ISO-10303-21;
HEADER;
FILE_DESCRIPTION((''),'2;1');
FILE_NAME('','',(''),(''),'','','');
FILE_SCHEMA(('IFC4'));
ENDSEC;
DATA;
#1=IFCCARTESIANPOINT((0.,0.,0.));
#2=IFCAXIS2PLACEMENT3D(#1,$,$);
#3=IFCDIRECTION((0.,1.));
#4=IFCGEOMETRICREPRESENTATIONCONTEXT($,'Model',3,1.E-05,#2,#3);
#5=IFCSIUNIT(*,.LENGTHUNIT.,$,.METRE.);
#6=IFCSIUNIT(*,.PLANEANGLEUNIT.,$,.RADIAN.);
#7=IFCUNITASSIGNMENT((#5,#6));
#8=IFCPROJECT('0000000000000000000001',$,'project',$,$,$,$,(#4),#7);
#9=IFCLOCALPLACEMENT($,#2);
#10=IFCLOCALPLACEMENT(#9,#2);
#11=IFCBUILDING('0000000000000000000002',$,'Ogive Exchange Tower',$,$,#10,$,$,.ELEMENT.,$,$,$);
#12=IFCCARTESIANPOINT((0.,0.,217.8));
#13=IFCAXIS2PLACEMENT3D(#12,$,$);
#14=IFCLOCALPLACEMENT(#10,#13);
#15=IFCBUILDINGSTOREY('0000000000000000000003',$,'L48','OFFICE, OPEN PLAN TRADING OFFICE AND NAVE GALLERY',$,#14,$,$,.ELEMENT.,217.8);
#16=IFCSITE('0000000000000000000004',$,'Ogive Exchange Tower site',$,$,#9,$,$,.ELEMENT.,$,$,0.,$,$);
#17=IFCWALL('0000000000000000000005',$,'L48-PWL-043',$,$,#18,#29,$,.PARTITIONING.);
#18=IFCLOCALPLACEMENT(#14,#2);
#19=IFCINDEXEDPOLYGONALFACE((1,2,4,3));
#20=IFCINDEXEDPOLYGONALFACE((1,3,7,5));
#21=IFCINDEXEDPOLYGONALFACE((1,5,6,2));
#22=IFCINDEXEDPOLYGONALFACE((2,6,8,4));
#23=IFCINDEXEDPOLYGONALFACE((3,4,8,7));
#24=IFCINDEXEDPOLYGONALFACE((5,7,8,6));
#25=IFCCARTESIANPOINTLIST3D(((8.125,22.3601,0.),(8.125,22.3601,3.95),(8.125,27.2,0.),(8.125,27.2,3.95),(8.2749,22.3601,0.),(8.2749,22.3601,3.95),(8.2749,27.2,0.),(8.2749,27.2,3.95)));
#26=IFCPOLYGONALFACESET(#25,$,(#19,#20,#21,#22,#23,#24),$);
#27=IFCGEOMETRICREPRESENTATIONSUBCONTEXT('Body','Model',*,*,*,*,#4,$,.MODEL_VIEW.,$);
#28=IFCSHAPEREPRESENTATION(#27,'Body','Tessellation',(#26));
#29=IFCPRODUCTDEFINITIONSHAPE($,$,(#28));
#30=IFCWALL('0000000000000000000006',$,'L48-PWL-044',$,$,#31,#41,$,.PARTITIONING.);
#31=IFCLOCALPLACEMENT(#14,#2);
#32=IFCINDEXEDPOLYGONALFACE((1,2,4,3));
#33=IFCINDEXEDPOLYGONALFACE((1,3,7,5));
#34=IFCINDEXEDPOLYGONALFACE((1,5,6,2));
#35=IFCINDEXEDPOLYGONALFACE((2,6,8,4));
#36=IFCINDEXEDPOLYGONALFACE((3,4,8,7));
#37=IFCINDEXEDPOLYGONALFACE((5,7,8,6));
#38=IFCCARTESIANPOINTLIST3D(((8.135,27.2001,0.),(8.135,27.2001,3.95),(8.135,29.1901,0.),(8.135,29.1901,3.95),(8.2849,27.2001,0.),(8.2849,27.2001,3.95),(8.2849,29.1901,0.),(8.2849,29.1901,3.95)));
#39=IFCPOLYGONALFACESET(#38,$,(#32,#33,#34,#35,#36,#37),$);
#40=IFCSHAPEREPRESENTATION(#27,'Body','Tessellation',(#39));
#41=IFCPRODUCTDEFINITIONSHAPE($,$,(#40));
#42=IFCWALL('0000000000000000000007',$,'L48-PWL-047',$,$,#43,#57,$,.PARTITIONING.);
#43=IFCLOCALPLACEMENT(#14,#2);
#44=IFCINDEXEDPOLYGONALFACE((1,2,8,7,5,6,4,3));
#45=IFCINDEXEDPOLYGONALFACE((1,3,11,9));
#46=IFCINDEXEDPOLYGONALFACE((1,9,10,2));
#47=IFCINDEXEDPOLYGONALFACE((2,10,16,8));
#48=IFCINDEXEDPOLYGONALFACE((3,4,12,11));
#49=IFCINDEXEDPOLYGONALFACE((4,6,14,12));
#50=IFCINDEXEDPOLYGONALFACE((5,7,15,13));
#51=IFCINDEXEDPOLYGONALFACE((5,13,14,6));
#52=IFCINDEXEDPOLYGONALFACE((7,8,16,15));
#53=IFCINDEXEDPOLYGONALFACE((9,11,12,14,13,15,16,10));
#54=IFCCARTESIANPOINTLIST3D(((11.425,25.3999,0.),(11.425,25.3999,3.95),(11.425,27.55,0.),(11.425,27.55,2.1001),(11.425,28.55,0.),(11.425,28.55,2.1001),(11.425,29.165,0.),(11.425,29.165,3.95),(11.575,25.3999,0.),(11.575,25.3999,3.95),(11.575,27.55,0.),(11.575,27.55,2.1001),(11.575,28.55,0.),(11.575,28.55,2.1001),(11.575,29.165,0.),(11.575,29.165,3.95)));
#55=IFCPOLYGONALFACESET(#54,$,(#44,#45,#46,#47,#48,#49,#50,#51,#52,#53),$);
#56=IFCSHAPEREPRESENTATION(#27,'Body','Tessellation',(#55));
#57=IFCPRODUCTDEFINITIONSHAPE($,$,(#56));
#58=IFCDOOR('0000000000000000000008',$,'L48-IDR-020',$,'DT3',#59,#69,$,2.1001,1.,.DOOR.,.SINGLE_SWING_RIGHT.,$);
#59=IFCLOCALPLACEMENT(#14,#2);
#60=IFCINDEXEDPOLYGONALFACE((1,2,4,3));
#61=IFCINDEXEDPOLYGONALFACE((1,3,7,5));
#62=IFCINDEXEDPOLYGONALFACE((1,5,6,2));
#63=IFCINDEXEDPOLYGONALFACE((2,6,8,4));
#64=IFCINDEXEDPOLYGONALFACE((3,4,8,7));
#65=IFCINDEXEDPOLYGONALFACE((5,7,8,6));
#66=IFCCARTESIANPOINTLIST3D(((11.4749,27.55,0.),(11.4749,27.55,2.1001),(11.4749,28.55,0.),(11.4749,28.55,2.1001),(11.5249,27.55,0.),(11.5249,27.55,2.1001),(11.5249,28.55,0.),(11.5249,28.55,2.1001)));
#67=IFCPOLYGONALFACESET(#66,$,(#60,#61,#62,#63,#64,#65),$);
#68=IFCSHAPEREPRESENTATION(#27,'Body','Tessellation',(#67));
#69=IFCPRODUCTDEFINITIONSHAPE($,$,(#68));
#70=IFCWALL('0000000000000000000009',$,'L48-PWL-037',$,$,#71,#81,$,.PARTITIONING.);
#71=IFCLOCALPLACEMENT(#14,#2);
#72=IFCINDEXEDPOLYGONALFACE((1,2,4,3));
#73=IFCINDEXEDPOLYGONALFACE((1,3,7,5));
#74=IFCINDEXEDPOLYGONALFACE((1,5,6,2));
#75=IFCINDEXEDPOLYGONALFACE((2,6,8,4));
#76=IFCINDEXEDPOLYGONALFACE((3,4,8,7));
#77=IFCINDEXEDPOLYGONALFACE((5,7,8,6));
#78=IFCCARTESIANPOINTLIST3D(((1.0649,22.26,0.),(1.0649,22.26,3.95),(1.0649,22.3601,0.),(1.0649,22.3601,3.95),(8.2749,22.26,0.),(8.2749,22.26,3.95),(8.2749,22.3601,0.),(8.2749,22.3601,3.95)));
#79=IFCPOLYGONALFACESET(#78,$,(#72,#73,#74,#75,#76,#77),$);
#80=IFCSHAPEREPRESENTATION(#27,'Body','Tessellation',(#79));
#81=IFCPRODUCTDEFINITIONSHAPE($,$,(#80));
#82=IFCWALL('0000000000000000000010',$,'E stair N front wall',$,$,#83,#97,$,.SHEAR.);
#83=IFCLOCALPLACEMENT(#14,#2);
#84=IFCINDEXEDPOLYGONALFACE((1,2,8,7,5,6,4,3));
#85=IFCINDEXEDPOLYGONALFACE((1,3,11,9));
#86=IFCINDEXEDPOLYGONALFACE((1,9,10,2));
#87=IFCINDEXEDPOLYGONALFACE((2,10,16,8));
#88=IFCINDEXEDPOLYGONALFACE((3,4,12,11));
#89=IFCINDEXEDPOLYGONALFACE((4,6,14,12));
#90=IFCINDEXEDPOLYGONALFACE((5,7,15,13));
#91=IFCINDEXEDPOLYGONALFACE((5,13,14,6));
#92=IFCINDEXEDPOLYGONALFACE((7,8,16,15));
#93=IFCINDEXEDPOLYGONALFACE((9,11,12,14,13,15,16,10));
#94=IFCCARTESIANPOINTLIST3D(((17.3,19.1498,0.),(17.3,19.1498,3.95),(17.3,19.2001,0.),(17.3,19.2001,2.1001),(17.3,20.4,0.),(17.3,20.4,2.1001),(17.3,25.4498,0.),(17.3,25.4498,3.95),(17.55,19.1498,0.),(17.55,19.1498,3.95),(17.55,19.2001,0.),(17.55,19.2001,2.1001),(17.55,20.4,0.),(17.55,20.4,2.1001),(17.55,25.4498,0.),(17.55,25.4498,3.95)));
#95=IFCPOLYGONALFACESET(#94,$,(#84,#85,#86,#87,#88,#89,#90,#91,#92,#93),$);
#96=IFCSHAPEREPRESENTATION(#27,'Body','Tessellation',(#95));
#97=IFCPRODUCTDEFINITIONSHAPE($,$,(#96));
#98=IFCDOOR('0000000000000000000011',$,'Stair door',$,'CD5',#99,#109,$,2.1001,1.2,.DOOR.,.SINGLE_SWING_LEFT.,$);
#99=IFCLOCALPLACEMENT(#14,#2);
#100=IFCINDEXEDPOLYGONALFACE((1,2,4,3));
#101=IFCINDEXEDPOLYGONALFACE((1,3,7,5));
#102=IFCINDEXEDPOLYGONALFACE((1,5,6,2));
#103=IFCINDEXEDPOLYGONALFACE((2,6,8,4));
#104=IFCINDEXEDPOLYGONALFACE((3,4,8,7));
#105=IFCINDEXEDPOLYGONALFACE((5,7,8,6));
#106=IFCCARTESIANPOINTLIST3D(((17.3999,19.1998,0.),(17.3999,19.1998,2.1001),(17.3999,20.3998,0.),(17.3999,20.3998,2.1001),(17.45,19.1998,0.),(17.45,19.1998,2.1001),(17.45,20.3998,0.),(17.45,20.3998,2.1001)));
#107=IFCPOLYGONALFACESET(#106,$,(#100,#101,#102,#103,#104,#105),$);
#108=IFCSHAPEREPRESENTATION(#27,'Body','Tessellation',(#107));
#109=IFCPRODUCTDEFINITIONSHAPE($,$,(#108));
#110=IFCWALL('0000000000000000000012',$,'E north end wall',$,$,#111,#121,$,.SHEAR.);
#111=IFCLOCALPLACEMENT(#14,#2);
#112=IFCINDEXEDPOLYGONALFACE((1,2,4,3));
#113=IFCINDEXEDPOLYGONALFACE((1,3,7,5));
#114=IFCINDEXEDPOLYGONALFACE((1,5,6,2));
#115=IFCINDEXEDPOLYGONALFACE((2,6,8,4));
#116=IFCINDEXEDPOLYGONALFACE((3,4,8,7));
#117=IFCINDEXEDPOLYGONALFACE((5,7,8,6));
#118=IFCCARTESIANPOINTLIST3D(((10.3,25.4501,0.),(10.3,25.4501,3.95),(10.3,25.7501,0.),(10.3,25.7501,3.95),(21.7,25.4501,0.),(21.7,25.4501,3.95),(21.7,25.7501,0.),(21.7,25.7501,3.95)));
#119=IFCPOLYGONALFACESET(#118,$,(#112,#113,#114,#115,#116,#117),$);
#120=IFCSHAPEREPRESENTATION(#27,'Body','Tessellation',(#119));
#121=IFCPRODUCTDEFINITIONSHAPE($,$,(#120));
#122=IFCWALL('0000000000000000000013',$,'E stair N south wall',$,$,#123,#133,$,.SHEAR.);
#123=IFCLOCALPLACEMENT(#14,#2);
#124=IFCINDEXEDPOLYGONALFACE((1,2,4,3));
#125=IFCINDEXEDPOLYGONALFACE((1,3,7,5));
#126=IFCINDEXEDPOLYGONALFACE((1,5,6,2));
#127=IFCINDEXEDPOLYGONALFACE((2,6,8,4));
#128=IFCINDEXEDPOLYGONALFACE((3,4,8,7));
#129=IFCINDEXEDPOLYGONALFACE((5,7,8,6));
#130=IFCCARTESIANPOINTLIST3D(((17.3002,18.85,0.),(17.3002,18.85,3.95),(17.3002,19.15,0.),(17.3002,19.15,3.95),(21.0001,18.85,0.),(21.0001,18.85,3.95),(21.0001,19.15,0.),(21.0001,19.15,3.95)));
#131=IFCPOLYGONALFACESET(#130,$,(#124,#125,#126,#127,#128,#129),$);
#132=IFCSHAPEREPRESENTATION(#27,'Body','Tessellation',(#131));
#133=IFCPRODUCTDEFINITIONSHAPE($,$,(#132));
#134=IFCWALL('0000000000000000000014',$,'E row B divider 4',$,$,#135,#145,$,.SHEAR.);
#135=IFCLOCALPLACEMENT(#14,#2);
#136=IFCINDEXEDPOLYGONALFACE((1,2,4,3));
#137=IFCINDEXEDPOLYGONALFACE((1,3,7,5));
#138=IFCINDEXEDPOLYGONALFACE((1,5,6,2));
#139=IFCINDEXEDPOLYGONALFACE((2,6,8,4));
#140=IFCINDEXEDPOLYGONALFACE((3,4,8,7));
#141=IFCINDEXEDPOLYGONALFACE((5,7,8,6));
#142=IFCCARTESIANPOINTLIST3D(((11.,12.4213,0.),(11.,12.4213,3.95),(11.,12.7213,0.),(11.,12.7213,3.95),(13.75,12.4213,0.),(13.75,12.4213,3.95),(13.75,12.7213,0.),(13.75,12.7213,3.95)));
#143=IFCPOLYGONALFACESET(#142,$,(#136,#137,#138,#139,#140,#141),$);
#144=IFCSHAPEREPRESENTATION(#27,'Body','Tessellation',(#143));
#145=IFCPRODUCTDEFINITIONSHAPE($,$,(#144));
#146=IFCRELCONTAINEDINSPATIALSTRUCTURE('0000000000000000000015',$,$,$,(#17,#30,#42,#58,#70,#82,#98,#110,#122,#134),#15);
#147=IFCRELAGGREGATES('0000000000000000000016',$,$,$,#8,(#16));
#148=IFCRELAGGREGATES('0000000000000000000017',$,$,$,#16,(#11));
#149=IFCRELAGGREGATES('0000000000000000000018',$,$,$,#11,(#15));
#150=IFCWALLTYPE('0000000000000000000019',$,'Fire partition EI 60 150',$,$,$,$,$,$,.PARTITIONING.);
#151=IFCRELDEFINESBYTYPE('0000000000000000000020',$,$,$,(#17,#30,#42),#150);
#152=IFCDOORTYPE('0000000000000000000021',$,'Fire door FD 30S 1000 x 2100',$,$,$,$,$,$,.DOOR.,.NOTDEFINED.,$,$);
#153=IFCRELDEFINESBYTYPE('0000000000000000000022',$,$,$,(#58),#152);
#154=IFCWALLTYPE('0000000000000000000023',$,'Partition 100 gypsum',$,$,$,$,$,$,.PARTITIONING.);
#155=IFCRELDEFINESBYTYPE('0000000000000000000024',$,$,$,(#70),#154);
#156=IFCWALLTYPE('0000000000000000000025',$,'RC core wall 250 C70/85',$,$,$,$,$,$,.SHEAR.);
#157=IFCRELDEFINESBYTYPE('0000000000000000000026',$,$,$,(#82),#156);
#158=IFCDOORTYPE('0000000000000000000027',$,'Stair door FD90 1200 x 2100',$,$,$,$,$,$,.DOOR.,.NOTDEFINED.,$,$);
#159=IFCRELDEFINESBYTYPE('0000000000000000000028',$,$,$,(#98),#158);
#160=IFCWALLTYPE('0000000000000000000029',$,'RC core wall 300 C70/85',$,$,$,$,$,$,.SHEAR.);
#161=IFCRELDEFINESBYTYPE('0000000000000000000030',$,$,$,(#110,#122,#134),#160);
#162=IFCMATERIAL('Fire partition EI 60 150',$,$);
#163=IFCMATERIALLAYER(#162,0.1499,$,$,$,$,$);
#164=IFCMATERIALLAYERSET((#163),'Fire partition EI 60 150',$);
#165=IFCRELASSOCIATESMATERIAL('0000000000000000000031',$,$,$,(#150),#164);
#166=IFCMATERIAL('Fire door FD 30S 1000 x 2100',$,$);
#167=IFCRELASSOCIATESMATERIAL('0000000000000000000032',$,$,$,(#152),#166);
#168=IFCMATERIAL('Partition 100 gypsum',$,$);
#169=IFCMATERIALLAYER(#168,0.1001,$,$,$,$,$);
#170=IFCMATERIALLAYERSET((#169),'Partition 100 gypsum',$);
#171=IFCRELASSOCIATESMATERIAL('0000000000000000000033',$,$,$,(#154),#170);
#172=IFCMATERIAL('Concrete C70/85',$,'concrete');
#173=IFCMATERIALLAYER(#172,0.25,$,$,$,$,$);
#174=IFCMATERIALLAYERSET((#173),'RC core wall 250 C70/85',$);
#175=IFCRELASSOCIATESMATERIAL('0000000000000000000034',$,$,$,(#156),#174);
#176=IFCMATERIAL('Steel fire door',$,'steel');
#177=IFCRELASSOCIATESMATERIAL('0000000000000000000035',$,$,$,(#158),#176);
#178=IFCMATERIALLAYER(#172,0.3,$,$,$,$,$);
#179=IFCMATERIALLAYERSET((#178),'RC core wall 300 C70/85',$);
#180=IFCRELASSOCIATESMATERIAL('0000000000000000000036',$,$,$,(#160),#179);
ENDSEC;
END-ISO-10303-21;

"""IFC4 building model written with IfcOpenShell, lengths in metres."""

from ifc_helpers import new_model, si_unit, direction, frame, frame_2d, origin, place, context, subcontext, project, spatial, rectangle, extrude, material, layer, layer_set, type_object, element, fill, save


model = new_model("IFC4")

# Units and contexts
model_context = context("Model", 3, precision=1e-05, world=origin(), true_north=direction((0.0, 1.0)))
body_context = subcontext(model_context, "Body", "Model", "MODEL_VIEW")
ifc_project = project(units=[si_unit("LENGTHUNIT", "METRE"), si_unit("PLANEANGLEUNIT", "RADIAN")], contexts=[model_context])

# Site, building, storey
site_placement = place(None, origin())
site = spatial("IfcSite", under=ifc_project, at=site_placement, Name="Ogive Exchange Tower site", CompositionType="ELEMENT", RefElevation=0.0)
building_placement = place(site_placement, origin())
building = spatial("IfcBuilding", under=site, at=building_placement, Name="Ogive Exchange Tower", CompositionType="ELEMENT")
storey_placement = place(building_placement, frame((0.0, 0.0, 217.8)))
storey = spatial("IfcBuildingStorey", under=building, at=storey_placement, Name="L48", Description="OFFICE, OPEN PLAN TRADING OFFICE AND NAVE GALLERY", CompositionType="ELEMENT", Elevation=217.8)

# Shared definitions
ifc_material_1 = material(Name="Fire partition EI 60 150")
ifc_layer_1 = layer(ifc_material_1, 0.1499)
ifc_layer_set_1 = layer_set([ifc_layer_1], Name="Fire partition EI 60 150")
wall_type_1 = type_object("IfcWallType", Name="Fire partition EI 60 150", PredefinedType="PARTITIONING", material=ifc_layer_set_1)
ifc_material_2 = material(Name="Fire door FD 30S 1000 x 2100")
door_type_1 = type_object("IfcDoorType", Name="Fire door FD 30S 1000 x 2100", OperationType="NOTDEFINED", PredefinedType="DOOR", material=ifc_material_2)

# Walls
wall_1_placement = place(storey_placement, frame((8.2, 22.3601, 0.0), z_axis=(0.0, 0.0, 1.0), x_axis=(0.0, 1.0, 0.0)))
element("IfcWall", 1, at=wall_1_placement, inside=storey, type_object=wall_type_1, Name="L48-PWL-043", PredefinedType="PARTITIONING", context=body_context, shape_type="SweptSolid", body=[
    extrude(rectangle(XDim=4.8398, YDim=0.1499, at=frame_2d((2.4199, 0.0))), origin(), (0.0, 0.0, 1.0), 3.95),
])
wall_2_placement = place(storey_placement, frame((8.21, 27.2, 0.0), z_axis=(0.0, 0.0, 1.0), x_axis=(0.0, 1.0, 0.0)))
element("IfcWall", 2, at=wall_2_placement, inside=storey, type_object=wall_type_1, Name="L48-PWL-044", PredefinedType="PARTITIONING", context=body_context, shape_type="SweptSolid", body=[
    extrude(rectangle(XDim=1.99, YDim=0.1499, at=frame_2d((0.9951, 0.0))), origin(), (0.0, 0.0, 1.0), 3.95),
])

# Wall, opening, door
wall_3_placement = place(storey_placement, frame((11.5, 29.165, 0.0), z_axis=(0.0, 0.0, 1.0), x_axis=(0.0, -1.0, 0.0)))
wall_3 = element("IfcWall", 3, at=wall_3_placement, inside=storey, type_object=wall_type_1, Name="L48-PWL-047", PredefinedType="PARTITIONING", context=body_context, shape_type="SweptSolid", body=[
    extrude(rectangle(XDim=3.7651, YDim=0.1499, at=frame_2d((1.8826, 0.0))), origin(), (0.0, 0.0, 1.0), 3.95),
])
opening_1_placement = place(wall_3_placement, frame((0.615, 0.0, 0.0)))
opening_1 = element("IfcOpeningElement", 4, at=opening_1_placement, cuts=wall_3, PredefinedType="OPENING", context=body_context, shape_type="SweptSolid", body=[
    extrude(rectangle(XDim=1.0, YDim=2.1001, at=frame_2d((0.5, 1.05))), frame((0.0, 0.085, 0.0), z_axis=(0.0, -1.0, 0.0), x_axis=(1.0, 0.0, 0.0)), (0.0, 0.0, 1.0), 0.1699),
])
door_1_placement = place(opening_1_placement, origin())
door_1 = element("IfcDoor", 5, at=door_1_placement, inside=storey, type_object=door_type_1, Name="L48-IDR-020", ObjectType="DT3", OperationType="SINGLE_SWING_RIGHT", OverallHeight=2.1001, OverallWidth=1.0, PredefinedType="DOOR", context=body_context, shape_type="SweptSolid", body=[
    extrude(rectangle(XDim=1.0, YDim=2.1001, at=frame_2d((0.5, 1.05))), frame((0.0, 0.0249, 0.0), z_axis=(0.0, -1.0, 0.0), x_axis=(1.0, 0.0, 0.0)), (0.0, 0.0, 1.0), 0.05),
])
fill(opening_1, door_1)

# Wall
ifc_material_3 = material(Name="Partition 100 gypsum")
ifc_layer_2 = layer(ifc_material_3, 0.1001)
ifc_layer_set_2 = layer_set([ifc_layer_2], Name="Partition 100 gypsum")
wall_type_2 = type_object("IfcWallType", Name="Partition 100 gypsum", PredefinedType="PARTITIONING", material=ifc_layer_set_2)
wall_4_placement = place(storey_placement, frame((1.0649, 22.3101, 0.0), z_axis=(0.0, 0.0, 1.0), x_axis=(1.0, 0.0, 0.0)))
element("IfcWall", 6, at=wall_4_placement, inside=storey, type_object=wall_type_2, Name="L48-PWL-037", PredefinedType="PARTITIONING", context=body_context, shape_type="SweptSolid", body=[
    extrude(rectangle(XDim=7.21, YDim=0.1001, at=frame_2d((3.605, 0.0))), origin(), (0.0, 0.0, 1.0), 3.95),
])

# Wall, opening, door
ifc_material_4 = material(Name="Concrete C70/85", Category="concrete")
ifc_layer_3 = layer(ifc_material_4, 0.25)
ifc_layer_set_3 = layer_set([ifc_layer_3], Name="RC core wall 250 C70/85")
wall_type_3 = type_object("IfcWallType", Name="RC core wall 250 C70/85", PredefinedType="SHEAR", material=ifc_layer_set_3)
wall_5_placement = place(storey_placement, frame((17.425, 19.1499, 0.0), z_axis=(0.0, 0.0, 1.0), x_axis=(0.0, 1.0, 0.0)))
wall_5 = element("IfcWall", 7, at=wall_5_placement, inside=storey, type_object=wall_type_3, Name="E stair N front wall", PredefinedType="SHEAR", context=body_context, shape_type="SweptSolid", body=[
    extrude(rectangle(XDim=6.3, YDim=0.25, at=frame_2d((3.1499, 0.0))), origin(), (0.0, 0.0, 1.0), 3.95),
])
opening_2_placement = place(wall_5_placement, frame((0.05, 0.0, 0.0)))
opening_2 = element("IfcOpeningElement", 8, at=opening_2_placement, cuts=wall_5, PredefinedType="OPENING", context=body_context, shape_type="SweptSolid", body=[
    extrude(rectangle(XDim=1.2, YDim=2.1001, at=frame_2d((0.6001, 1.05))), frame((0.0, 0.135, 0.0), z_axis=(0.0, -1.0, 0.0), x_axis=(1.0, 0.0, 0.0)), (0.0, 0.0, 1.0), 0.27),
])
ifc_material_5 = material(Name="Steel fire door", Category="steel")
door_type_2 = type_object("IfcDoorType", Name="Stair door FD90 1200 x 2100", OperationType="NOTDEFINED", PredefinedType="DOOR", material=ifc_material_5)
door_2_placement = place(opening_2_placement, frame((1.2, 0.0, 0.0), z_axis=(0.0, 0.0, 1.0), x_axis=(-1.0, 0.0, 0.0)))
door_2 = element("IfcDoor", 9, at=door_2_placement, inside=storey, type_object=door_type_2, Name="Stair door", ObjectType="CD5", OperationType="SINGLE_SWING_LEFT", OverallHeight=2.1001, OverallWidth=1.2, PredefinedType="DOOR", context=body_context, shape_type="SweptSolid", body=[
    extrude(rectangle(XDim=1.2, YDim=2.1001, at=frame_2d((0.6001, 1.05))), frame((0.0, 0.0249, 0.0), z_axis=(0.0, -1.0, 0.0), x_axis=(1.0, 0.0, 0.0)), (0.0, 0.0, 1.0), 0.05),
])
fill(opening_2, door_2)

# Walls
ifc_layer_4 = layer(ifc_material_4, 0.3)
ifc_layer_set_4 = layer_set([ifc_layer_4], Name="RC core wall 300 C70/85")
wall_type_4 = type_object("IfcWallType", Name="RC core wall 300 C70/85", PredefinedType="SHEAR", material=ifc_layer_set_4)
wall_6_placement = place(storey_placement, frame((10.3, 25.6001, 0.0), z_axis=(0.0, 0.0, 1.0), x_axis=(1.0, 0.0, 0.0)))
element("IfcWall", 10, at=wall_6_placement, inside=storey, type_object=wall_type_4, Name="E north end wall", PredefinedType="SHEAR", context=body_context, shape_type="SweptSolid", body=[
    extrude(rectangle(XDim=11.3999, YDim=0.3, at=frame_2d((5.7, 0.0))), origin(), (0.0, 0.0, 1.0), 3.95),
])
wall_7_placement = place(storey_placement, frame((17.3, 19.0, 0.0), z_axis=(0.0, 0.0, 1.0), x_axis=(1.0, 0.0, 0.0)))
element("IfcWall", 11, at=wall_7_placement, inside=storey, type_object=wall_type_4, Name="E stair N south wall", PredefinedType="SHEAR", context=body_context, shape_type="SweptSolid", body=[
    extrude(rectangle(XDim=3.7, YDim=0.3, at=frame_2d((1.8501, 0.0))), origin(), (0.0, 0.0, 1.0), 3.95),
])
wall_8_placement = place(storey_placement, frame((11.0, 12.5713, 0.0), z_axis=(0.0, 0.0, 1.0), x_axis=(1.0, 0.0, 0.0)))
element("IfcWall", 12, at=wall_8_placement, inside=storey, type_object=wall_type_4, Name="E row B divider 4", PredefinedType="SHEAR", context=body_context, shape_type="SweptSolid", body=[
    extrude(rectangle(XDim=2.75, YDim=0.3, at=frame_2d((1.375, 0.0))), origin(), (0.0, 0.0, 1.0), 3.95),
])

save(model, "model.ifc")
